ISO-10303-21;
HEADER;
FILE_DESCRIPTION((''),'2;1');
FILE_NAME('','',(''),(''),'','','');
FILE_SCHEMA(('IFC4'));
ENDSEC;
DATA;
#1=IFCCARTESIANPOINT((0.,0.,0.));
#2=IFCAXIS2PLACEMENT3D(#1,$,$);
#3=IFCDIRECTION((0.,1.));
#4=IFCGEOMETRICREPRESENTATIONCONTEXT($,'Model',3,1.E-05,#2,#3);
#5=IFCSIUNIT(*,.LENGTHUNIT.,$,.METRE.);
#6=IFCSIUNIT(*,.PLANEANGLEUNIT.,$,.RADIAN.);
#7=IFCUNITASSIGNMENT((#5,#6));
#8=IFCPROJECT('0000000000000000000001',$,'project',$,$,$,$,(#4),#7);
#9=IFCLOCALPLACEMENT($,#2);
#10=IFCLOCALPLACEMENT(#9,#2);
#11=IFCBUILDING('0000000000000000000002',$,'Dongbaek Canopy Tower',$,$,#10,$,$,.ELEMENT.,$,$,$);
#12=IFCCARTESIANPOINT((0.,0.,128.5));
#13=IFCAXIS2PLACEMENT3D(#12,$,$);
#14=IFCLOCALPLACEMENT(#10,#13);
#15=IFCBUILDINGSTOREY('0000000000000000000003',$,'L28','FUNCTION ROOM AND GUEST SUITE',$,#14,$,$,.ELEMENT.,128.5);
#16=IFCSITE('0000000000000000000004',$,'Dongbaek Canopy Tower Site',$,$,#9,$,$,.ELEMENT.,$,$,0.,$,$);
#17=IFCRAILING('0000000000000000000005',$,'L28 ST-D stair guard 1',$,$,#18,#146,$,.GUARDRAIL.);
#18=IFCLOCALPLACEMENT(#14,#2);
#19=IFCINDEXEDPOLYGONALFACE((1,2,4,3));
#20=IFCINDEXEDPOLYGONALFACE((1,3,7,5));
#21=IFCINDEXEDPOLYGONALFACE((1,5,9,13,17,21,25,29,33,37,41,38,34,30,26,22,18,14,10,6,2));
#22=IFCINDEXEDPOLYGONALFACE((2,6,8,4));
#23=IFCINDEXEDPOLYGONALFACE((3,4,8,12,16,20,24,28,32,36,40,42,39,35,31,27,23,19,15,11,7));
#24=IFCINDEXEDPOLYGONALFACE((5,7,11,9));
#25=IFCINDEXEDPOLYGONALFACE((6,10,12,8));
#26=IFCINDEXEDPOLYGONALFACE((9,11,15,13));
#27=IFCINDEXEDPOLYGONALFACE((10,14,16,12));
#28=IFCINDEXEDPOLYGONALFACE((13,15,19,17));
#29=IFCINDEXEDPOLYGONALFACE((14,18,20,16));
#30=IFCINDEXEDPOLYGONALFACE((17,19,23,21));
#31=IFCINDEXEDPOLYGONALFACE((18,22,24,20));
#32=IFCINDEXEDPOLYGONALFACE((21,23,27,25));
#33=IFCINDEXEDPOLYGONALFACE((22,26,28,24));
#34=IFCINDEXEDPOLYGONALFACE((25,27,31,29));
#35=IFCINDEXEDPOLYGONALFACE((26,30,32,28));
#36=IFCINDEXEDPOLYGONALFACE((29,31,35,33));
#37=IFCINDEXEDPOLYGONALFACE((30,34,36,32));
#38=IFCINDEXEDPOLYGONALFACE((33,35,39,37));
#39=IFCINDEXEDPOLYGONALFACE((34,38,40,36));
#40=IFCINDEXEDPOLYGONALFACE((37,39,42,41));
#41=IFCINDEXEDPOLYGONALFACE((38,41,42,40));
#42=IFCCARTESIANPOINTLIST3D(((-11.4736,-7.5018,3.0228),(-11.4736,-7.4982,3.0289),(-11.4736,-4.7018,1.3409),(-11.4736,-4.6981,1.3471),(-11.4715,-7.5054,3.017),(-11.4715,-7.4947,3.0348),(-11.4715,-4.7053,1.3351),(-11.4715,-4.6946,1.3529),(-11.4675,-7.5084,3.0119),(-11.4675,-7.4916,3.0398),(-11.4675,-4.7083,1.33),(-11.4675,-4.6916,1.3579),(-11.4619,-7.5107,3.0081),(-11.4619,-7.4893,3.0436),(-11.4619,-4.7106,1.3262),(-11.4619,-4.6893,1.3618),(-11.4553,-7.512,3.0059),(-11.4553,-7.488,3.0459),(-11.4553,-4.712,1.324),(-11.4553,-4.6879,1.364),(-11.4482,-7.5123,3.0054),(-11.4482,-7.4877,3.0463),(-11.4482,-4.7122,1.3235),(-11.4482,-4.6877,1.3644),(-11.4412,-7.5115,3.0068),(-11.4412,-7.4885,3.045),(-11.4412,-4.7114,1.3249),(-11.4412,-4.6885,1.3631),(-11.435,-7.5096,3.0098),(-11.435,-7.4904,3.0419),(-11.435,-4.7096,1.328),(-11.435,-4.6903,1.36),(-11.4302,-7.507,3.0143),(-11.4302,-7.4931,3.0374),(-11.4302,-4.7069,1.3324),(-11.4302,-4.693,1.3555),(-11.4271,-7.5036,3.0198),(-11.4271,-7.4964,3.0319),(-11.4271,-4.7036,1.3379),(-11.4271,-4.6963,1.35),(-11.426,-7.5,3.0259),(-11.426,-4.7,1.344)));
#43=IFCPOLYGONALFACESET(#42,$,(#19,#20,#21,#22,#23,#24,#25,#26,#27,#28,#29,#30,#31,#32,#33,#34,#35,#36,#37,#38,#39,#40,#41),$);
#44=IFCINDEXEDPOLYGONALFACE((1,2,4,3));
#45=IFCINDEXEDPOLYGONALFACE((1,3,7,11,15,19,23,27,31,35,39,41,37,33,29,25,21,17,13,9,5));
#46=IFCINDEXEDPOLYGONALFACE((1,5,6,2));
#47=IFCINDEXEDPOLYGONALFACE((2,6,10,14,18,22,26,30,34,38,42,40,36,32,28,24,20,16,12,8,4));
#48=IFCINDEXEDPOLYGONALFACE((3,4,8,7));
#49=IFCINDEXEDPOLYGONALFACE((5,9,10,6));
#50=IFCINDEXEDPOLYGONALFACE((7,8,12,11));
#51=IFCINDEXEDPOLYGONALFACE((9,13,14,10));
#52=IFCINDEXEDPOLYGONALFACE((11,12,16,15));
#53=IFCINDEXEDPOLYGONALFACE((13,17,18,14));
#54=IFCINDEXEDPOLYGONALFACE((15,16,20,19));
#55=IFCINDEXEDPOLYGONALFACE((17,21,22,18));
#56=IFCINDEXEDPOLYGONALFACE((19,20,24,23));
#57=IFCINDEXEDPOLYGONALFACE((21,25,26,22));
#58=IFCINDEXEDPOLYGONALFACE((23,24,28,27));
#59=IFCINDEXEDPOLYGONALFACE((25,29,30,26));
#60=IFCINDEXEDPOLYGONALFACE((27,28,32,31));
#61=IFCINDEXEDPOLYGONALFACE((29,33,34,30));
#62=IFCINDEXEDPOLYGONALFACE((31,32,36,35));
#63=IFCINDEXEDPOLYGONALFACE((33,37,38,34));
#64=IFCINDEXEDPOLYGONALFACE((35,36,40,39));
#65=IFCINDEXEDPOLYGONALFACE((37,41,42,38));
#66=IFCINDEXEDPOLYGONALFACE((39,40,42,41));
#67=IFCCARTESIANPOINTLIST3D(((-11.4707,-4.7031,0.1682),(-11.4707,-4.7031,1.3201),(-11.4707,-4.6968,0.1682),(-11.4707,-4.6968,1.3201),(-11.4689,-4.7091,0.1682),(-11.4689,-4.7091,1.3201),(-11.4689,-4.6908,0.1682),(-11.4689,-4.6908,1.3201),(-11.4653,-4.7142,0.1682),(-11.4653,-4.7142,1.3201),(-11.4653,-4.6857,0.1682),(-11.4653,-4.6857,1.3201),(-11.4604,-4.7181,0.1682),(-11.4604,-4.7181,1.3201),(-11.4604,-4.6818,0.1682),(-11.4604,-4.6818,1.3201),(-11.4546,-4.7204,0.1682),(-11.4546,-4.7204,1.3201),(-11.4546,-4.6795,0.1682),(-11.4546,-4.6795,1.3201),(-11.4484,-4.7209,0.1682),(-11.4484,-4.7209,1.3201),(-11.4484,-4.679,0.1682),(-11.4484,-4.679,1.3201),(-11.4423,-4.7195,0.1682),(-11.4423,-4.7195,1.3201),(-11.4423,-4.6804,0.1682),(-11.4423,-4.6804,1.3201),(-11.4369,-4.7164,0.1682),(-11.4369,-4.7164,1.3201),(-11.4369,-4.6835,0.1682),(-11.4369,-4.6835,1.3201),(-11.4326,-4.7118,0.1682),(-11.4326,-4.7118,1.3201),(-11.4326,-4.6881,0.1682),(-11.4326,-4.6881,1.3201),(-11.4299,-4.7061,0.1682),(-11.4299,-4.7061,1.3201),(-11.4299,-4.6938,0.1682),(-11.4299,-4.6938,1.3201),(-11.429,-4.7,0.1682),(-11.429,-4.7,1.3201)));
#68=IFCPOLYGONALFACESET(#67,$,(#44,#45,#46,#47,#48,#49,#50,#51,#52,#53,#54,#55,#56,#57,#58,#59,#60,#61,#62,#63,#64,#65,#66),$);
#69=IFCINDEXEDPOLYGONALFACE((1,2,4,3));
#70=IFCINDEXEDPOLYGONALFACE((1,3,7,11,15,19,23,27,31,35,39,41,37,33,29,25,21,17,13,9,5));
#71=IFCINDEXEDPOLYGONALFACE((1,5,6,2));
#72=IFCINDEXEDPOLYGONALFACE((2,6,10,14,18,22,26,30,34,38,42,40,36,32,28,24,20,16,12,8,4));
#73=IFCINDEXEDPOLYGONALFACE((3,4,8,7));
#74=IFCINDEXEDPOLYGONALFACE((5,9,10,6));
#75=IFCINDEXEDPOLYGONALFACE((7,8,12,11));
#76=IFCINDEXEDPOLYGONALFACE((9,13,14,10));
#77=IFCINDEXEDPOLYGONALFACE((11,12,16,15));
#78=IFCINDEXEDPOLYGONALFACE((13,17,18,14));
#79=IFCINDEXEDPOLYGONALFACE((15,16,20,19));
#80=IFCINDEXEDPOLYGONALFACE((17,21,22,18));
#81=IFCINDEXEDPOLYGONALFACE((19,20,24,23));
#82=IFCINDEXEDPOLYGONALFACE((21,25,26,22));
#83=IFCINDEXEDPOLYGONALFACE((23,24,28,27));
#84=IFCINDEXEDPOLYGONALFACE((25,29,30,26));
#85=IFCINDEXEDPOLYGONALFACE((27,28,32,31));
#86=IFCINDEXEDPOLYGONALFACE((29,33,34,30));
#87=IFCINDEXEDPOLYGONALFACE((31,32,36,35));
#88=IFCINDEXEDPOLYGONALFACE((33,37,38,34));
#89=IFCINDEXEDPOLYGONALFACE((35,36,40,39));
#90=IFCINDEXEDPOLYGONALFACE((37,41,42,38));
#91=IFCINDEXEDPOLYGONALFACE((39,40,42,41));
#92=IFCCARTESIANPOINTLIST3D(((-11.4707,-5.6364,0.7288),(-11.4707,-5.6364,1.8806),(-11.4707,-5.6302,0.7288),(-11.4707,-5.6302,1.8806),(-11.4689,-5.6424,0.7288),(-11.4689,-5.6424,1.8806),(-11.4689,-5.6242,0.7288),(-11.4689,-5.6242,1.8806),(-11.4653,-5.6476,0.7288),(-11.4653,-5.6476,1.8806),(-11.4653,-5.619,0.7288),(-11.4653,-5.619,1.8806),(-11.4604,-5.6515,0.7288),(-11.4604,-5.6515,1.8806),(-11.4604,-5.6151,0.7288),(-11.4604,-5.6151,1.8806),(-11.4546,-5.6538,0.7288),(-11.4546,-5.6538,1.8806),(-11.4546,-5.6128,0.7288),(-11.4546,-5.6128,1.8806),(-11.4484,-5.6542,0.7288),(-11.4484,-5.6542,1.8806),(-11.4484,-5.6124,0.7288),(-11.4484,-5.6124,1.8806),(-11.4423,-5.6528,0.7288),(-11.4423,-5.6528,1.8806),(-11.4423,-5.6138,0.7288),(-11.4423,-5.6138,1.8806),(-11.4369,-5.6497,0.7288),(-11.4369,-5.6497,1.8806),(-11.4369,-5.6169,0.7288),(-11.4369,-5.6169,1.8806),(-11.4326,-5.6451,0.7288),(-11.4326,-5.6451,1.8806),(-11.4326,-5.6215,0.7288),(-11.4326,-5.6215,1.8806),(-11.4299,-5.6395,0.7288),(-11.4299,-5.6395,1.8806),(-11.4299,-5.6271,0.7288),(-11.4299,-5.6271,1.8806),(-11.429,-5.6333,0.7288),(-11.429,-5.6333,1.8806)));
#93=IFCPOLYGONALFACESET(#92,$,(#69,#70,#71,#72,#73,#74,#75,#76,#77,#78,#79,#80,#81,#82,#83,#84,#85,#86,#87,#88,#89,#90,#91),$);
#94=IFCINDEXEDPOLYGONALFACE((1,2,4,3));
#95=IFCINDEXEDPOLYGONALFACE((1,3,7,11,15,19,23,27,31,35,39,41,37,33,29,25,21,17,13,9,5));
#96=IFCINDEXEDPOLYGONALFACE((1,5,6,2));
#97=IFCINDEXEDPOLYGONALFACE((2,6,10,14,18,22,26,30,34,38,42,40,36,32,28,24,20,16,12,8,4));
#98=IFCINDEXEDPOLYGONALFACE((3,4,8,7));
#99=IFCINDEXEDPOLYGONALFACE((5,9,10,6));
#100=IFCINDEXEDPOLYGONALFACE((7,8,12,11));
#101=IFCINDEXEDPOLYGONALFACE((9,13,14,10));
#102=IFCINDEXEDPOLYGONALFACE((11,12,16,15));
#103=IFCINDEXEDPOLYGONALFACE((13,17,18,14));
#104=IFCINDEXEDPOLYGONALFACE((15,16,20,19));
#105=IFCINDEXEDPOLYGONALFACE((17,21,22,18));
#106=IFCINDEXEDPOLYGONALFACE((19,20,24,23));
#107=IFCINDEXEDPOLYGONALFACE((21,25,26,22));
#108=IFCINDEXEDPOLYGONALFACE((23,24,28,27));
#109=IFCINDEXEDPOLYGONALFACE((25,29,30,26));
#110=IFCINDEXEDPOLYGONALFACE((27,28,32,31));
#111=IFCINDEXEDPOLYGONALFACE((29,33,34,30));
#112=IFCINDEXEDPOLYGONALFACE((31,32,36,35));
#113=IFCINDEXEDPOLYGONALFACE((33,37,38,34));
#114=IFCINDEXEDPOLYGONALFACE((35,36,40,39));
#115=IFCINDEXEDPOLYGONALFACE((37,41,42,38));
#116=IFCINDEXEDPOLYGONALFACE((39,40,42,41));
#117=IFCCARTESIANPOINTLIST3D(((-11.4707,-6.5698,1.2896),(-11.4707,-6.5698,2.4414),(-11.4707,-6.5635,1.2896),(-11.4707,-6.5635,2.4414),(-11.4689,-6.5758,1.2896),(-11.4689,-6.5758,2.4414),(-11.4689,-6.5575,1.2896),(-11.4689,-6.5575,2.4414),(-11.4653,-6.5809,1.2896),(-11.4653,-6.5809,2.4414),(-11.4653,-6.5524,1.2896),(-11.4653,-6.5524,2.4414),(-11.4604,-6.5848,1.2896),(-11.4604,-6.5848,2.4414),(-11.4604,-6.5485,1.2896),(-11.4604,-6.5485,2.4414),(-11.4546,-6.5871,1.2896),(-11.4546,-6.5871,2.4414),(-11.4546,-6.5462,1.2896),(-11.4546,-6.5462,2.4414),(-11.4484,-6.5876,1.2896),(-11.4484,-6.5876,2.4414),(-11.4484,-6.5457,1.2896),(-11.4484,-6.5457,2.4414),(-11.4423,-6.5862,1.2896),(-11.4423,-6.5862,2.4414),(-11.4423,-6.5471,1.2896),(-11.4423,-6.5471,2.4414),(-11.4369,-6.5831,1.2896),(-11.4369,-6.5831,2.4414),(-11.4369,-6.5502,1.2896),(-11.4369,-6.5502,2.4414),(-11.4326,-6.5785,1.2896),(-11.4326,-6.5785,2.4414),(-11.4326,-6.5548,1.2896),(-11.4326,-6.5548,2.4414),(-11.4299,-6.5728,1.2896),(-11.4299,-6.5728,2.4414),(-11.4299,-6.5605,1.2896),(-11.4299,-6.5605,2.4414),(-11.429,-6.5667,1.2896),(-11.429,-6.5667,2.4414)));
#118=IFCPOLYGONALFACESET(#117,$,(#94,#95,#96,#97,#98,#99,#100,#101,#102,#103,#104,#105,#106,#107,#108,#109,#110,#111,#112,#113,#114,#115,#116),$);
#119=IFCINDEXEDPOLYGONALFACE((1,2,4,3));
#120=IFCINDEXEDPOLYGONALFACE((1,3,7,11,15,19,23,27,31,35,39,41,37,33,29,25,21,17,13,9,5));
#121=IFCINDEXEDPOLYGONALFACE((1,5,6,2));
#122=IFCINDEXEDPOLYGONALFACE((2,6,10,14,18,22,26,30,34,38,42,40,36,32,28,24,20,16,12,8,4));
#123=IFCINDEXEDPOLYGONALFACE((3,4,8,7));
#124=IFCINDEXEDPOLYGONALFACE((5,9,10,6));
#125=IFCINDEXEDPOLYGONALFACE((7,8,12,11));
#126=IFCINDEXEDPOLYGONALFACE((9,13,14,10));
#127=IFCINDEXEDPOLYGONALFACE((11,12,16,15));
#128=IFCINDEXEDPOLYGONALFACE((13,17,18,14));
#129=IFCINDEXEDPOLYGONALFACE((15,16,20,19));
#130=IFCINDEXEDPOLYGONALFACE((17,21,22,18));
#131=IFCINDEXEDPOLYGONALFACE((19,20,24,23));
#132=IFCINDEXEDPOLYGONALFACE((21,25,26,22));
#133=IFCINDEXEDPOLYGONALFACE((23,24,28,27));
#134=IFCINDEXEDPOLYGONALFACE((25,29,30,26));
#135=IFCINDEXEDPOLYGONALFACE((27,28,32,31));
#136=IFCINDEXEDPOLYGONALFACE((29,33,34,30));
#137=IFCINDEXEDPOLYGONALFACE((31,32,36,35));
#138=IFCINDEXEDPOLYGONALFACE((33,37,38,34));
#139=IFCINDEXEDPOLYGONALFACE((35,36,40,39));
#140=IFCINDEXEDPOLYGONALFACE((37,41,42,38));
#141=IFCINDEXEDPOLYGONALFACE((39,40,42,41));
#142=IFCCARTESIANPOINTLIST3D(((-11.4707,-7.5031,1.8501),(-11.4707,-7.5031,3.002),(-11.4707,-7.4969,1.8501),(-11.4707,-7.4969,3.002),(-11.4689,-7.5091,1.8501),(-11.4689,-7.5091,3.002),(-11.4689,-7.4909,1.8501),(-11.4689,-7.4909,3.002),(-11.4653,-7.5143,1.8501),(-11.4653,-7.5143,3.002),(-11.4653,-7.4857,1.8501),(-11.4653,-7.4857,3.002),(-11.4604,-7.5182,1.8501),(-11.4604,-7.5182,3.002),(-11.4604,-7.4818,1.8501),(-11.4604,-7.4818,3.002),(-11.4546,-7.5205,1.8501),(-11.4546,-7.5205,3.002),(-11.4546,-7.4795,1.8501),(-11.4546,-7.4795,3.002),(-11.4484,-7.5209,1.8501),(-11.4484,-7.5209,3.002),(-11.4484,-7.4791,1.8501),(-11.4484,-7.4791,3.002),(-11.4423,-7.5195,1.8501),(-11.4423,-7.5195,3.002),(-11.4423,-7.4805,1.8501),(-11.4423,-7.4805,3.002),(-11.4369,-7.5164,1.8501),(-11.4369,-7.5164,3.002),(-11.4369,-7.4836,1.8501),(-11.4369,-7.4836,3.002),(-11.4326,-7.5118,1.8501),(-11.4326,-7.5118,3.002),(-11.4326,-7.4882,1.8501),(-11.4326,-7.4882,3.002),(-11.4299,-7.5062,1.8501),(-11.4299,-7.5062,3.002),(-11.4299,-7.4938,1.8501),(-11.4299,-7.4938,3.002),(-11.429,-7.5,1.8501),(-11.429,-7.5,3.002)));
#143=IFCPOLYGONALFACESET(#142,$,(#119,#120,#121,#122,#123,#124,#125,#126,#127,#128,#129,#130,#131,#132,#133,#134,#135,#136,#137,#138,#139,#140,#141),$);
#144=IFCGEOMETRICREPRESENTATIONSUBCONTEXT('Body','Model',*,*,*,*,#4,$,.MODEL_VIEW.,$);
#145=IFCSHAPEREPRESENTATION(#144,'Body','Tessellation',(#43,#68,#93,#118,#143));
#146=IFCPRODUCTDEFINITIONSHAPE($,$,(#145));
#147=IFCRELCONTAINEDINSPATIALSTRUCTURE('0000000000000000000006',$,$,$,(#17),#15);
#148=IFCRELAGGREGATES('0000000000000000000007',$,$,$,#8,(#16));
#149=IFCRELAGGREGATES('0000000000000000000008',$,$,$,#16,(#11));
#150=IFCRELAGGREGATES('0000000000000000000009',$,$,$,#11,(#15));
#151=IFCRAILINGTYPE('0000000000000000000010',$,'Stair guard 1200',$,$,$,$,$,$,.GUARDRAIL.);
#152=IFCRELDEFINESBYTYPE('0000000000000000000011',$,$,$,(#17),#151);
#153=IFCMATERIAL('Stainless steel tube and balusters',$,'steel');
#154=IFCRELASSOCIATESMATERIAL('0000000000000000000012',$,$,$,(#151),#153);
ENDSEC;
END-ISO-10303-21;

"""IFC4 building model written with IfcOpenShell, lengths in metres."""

from ifc_helpers import new_model, si_unit, direction, frame, origin, origin_2d, place, context, subcontext, project, spatial, circle, extrude, material, type_object, element, save


model = new_model("IFC4")

# Units and contexts
model_context = context("Model", 3, precision=1e-05, world=origin(), true_north=direction((0.0, 1.0)))
body_context = subcontext(model_context, "Body", "Model", "MODEL_VIEW")
ifc_project = project(units=[si_unit("LENGTHUNIT", "METRE"), si_unit("PLANEANGLEUNIT", "RADIAN")], contexts=[model_context])

# Site, building, storey
site_placement = place(None, origin())
site = spatial("IfcSite", under=ifc_project, at=site_placement, Name="Dongbaek Canopy Tower Site", CompositionType="ELEMENT", RefElevation=0.0)
building_placement = place(site_placement, origin())
building = spatial("IfcBuilding", under=site, at=building_placement, Name="Dongbaek Canopy Tower", CompositionType="ELEMENT")
storey_placement = place(building_placement, frame((0.0, 0.0, 128.5)))
storey = spatial("IfcBuildingStorey", under=building, at=storey_placement, Name="L28", Description="FUNCTION ROOM AND GUEST SUITE", CompositionType="ELEMENT", Elevation=128.5)

# Railing
ifc_material_1 = material(Name="Stainless steel tube and balusters", Category="steel")
railing_type_1 = type_object("IfcRailingType", Name="Stair guard 1200", PredefinedType="GUARDRAIL", material=ifc_material_1)
railing_1_placement = place(storey_placement, frame((-11.45, -4.7, 0.1682)))
element("IfcRailing", 1, at=railing_1_placement, inside=storey, type_object=railing_type_1, Name="L28 ST-D stair guard 1", PredefinedType="GUARDRAIL", context=body_context, shape_type="SweptSolid", body=[
    extrude(circle(Radius=0.0239, at=origin_2d()), frame((0.0, 0.0, 1.1758), z_axis=(0.0, -0.857242, 0.514913), x_axis=(1.0, 0.0, 0.0)), (0.0, 0.0, 1.0), 3.2664),
    extrude(circle(Radius=0.021, at=origin_2d()), origin(), (0.0, 0.0, 1.0), 1.1519),
    extrude(circle(Radius=0.021, at=origin_2d()), frame((0.0, -0.9333, 0.5605)), (0.0, 0.0, 1.0), 1.1519),
    extrude(circle(Radius=0.021, at=origin_2d()), frame((0.0, -1.8667, 1.1213)), (0.0, 0.0, 1.0), 1.1519),
    extrude(circle(Radius=0.021, at=origin_2d()), frame((0.0, -2.8, 1.6819)), (0.0, 0.0, 1.0), 1.1519),
])

save(model, "model.ifc")
